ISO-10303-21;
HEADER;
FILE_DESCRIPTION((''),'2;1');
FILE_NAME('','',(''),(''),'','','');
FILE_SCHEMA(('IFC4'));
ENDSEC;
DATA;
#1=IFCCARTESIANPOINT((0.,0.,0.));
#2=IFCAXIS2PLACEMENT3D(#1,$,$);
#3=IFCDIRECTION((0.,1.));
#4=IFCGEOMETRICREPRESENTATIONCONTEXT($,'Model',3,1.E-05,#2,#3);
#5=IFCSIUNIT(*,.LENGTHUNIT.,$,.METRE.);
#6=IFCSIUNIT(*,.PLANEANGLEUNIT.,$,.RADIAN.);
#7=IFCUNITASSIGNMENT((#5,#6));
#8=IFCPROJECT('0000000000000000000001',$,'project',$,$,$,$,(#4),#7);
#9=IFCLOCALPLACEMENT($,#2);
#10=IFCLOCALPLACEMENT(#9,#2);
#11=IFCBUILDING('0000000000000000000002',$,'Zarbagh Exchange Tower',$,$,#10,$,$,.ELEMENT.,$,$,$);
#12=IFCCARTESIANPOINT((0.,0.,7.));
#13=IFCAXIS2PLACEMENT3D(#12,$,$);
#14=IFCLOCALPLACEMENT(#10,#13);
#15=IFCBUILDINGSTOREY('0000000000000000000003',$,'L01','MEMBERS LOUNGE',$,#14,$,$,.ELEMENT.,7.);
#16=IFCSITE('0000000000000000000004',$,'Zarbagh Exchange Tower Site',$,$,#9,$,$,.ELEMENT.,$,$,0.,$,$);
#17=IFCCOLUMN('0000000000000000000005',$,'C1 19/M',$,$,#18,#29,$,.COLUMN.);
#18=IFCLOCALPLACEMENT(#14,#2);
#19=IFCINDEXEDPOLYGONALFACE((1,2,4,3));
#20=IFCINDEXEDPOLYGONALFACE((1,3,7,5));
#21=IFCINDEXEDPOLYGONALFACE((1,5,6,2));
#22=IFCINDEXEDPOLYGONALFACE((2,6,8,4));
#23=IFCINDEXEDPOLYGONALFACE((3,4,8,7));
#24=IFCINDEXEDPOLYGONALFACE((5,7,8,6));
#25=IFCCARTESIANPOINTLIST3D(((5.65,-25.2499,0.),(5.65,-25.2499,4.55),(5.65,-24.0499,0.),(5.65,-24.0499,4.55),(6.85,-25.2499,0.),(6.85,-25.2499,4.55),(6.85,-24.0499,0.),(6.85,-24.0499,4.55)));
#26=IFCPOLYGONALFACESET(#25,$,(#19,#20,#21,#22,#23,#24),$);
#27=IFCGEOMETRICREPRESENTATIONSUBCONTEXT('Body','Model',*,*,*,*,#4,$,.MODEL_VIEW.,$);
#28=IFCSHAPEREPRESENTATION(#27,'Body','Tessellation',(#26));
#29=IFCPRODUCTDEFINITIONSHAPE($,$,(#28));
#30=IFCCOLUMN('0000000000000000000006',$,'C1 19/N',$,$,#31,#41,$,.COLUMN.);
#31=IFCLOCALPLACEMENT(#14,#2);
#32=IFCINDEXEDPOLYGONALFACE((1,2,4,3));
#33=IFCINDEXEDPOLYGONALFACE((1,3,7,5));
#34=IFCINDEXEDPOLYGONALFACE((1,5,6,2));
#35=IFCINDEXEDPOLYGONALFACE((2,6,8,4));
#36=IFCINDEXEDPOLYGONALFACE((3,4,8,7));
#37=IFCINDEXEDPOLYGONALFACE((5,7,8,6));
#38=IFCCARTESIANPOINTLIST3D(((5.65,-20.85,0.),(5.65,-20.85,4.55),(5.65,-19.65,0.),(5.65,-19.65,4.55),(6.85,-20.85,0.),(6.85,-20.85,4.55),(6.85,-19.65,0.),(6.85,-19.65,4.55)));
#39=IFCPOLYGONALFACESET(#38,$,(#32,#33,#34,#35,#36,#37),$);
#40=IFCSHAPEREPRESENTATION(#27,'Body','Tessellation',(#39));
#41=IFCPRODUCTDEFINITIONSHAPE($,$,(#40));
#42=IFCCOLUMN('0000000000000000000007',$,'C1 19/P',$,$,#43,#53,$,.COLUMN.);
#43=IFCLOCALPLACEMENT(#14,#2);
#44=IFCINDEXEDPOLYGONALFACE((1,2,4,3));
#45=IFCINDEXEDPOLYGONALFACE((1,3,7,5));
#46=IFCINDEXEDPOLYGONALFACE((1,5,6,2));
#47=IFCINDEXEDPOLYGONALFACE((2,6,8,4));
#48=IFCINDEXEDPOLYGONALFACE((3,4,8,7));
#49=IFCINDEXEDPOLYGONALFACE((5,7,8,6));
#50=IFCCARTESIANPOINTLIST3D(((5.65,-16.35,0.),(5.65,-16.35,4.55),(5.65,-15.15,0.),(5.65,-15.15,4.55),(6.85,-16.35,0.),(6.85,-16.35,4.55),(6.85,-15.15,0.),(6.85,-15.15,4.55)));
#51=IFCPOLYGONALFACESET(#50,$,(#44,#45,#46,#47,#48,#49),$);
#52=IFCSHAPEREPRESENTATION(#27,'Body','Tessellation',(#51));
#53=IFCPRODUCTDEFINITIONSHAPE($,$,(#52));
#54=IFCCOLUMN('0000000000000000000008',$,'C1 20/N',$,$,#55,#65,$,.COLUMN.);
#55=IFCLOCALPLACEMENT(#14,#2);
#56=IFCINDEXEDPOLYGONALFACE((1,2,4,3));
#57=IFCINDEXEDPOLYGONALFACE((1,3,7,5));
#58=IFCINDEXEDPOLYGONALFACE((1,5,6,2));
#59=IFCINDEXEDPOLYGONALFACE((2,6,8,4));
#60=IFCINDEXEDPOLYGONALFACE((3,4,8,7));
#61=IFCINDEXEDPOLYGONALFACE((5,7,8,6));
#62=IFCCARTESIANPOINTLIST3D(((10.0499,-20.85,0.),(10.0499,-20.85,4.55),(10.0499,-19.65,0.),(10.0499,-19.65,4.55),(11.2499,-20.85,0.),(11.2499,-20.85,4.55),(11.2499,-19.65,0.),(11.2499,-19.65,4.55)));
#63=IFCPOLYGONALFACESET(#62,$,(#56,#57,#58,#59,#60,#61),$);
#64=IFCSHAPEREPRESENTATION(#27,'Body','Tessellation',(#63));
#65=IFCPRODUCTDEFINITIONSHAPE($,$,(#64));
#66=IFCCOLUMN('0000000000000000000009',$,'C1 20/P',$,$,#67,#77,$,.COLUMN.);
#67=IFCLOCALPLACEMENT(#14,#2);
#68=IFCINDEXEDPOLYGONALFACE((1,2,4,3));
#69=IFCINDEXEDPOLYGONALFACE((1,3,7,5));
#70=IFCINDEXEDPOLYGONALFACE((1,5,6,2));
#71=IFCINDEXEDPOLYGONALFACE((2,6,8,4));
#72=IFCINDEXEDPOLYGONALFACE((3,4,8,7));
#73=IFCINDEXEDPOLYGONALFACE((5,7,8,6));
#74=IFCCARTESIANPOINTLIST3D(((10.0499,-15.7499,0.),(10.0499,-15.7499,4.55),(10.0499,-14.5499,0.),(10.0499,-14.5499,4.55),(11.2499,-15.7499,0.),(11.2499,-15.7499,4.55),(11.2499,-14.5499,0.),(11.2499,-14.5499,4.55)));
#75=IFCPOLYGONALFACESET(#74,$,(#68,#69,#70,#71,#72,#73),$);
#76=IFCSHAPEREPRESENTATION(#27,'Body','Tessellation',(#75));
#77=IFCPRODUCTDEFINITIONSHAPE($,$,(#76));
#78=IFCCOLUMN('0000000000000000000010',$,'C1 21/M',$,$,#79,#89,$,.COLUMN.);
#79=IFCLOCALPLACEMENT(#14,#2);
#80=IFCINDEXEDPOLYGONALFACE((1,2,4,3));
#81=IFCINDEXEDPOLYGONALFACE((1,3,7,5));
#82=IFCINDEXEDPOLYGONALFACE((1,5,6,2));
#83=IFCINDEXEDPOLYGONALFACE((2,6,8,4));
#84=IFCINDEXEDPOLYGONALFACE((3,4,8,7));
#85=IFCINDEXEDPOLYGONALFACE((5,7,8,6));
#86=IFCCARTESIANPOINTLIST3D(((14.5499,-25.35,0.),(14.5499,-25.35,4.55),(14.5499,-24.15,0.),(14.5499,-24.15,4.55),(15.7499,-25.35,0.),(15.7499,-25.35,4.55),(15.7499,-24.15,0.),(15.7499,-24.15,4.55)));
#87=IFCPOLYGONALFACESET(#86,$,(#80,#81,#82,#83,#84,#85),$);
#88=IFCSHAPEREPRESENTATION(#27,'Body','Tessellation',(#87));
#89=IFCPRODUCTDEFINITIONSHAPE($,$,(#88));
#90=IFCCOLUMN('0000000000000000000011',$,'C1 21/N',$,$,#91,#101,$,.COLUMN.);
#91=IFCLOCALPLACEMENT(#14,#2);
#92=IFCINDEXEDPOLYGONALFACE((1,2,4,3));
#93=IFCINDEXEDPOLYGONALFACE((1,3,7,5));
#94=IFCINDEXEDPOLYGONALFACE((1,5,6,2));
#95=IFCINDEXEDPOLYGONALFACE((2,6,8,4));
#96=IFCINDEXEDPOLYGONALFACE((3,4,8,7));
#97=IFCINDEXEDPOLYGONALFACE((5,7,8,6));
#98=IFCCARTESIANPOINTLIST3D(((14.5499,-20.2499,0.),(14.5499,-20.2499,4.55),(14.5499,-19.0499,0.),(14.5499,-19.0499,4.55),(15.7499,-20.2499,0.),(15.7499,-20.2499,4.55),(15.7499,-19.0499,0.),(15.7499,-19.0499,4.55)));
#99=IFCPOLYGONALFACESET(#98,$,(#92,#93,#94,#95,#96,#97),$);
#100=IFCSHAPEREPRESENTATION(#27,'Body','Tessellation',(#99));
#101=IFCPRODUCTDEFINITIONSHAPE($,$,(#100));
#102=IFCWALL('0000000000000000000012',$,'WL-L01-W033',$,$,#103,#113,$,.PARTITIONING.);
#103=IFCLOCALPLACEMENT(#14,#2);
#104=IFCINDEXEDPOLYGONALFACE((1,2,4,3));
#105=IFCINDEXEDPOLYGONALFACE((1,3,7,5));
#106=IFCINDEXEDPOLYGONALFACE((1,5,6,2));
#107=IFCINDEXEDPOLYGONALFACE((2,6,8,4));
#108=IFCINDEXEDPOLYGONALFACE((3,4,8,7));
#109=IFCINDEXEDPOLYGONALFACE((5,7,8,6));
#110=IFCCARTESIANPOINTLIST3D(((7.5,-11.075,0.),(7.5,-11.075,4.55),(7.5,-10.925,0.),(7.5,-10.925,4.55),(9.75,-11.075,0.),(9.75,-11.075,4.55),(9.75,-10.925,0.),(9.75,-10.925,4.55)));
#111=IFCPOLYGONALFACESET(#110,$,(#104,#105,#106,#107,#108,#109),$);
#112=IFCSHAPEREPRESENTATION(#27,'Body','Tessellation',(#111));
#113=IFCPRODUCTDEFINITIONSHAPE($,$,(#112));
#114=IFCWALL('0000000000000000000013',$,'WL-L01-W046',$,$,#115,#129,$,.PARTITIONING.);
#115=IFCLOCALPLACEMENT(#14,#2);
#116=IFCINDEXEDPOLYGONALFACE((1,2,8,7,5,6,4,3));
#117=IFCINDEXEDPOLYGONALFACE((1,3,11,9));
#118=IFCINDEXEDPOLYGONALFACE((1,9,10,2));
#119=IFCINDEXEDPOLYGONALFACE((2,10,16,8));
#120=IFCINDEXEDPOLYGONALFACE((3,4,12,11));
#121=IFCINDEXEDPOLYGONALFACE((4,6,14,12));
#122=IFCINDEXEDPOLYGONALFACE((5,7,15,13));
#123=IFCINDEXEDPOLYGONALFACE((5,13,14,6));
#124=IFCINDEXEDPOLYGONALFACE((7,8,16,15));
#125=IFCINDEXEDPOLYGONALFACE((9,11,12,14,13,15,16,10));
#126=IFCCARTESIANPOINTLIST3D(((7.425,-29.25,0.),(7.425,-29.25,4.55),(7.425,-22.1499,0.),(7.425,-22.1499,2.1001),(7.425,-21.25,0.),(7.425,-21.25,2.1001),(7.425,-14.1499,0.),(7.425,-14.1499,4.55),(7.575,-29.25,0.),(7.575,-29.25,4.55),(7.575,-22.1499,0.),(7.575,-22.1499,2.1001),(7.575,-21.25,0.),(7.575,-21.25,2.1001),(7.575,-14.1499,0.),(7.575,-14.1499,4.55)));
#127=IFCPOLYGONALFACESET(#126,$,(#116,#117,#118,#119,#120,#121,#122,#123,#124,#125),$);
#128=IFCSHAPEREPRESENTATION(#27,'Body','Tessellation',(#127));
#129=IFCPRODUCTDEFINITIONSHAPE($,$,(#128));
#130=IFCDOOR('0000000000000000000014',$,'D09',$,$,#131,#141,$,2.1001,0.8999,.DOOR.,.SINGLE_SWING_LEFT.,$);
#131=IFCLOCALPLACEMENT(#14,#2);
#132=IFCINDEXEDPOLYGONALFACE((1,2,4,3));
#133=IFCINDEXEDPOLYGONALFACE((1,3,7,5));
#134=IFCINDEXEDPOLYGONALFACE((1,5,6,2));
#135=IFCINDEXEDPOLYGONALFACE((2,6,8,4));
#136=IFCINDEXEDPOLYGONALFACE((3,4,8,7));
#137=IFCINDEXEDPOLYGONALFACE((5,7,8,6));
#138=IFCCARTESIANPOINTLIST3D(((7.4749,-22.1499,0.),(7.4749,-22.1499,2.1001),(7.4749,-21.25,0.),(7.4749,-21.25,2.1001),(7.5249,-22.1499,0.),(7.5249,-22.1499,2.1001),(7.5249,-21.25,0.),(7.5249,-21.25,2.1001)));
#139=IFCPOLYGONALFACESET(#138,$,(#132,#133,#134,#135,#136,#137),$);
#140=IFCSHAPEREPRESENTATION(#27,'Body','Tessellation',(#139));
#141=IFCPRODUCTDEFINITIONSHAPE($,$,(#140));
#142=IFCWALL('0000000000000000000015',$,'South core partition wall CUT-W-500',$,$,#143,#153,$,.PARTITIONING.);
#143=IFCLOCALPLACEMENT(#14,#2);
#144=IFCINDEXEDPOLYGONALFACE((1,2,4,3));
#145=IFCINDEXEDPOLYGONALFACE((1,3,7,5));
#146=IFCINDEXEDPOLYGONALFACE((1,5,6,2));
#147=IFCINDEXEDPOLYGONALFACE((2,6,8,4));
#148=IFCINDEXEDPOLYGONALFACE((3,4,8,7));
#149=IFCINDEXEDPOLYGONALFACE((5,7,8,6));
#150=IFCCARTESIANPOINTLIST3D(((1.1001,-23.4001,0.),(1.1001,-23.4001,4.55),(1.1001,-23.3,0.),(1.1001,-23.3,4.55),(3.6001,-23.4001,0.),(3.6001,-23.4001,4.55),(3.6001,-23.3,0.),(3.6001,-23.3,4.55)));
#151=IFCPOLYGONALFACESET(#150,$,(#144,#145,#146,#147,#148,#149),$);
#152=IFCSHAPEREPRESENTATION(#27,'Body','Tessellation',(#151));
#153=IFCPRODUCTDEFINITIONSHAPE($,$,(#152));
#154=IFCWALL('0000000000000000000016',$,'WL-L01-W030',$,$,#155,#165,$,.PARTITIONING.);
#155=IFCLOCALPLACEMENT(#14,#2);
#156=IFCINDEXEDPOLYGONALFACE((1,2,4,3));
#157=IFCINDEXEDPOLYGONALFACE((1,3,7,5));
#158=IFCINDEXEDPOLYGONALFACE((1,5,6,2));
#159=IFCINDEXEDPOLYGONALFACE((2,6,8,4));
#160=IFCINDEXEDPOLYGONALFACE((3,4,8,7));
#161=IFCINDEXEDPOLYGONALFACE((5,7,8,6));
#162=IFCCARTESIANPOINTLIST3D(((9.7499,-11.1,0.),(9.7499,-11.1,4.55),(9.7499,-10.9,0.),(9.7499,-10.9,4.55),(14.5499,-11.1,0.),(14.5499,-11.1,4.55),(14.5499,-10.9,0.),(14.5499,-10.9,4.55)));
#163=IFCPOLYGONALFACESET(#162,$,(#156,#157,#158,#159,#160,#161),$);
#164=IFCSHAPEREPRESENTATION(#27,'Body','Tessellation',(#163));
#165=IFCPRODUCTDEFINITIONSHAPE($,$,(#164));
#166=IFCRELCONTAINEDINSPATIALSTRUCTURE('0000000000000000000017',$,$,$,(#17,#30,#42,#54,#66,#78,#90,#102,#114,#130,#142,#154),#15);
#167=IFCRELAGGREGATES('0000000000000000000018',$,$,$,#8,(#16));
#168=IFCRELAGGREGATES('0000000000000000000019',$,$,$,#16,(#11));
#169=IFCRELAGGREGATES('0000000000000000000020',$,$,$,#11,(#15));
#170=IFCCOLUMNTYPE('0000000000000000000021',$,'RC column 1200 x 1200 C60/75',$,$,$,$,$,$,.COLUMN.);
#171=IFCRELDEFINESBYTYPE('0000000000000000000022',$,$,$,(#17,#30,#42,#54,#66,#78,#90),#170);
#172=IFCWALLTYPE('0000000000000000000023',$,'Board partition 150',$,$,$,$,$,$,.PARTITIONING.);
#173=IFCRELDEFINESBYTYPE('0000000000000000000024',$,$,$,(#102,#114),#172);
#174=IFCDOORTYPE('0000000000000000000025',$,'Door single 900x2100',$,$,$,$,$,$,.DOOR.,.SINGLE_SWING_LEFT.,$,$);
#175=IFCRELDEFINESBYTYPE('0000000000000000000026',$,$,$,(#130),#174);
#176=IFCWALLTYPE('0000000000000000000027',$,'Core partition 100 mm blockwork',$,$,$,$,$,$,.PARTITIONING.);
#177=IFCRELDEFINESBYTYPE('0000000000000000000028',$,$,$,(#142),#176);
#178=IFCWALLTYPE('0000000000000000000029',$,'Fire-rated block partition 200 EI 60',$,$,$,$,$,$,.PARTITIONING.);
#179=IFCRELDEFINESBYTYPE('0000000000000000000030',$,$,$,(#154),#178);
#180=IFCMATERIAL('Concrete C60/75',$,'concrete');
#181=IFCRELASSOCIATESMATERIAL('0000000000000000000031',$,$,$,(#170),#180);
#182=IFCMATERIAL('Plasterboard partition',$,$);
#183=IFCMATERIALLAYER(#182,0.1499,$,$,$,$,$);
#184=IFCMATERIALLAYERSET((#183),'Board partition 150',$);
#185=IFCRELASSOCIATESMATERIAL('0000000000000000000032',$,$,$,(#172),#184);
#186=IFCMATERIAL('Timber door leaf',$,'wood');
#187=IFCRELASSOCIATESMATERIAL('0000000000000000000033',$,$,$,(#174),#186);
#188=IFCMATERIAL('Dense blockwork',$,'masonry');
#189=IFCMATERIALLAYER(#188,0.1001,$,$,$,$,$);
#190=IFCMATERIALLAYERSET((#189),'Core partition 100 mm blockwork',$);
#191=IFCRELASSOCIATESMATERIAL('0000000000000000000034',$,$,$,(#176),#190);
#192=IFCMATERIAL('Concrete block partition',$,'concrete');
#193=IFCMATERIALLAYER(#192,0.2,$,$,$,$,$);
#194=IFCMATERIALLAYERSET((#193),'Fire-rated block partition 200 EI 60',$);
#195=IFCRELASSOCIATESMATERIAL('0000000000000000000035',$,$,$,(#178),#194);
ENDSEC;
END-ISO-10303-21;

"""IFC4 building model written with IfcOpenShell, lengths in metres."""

from ifc_helpers import new_model, si_unit, direction, frame, frame_2d, origin, origin_2d, place, context, subcontext, project, spatial, rectangle, extrude, material, layer, layer_set, material_profile, profile_set, type_object, element, fill, save


model = new_model("IFC4")

# Units and contexts
model_context = context("Model", 3, precision=1e-05, world=origin(), true_north=direction((0.0, 1.0)))
body_context = subcontext(model_context, "Body", "Model", "MODEL_VIEW")
ifc_project = project(units=[si_unit("LENGTHUNIT", "METRE"), si_unit("PLANEANGLEUNIT", "RADIAN")], contexts=[model_context])

# Site, building, storey
site_placement = place(None, origin())
site = spatial("IfcSite", under=ifc_project, at=site_placement, Name="Zarbagh Exchange Tower Site", CompositionType="ELEMENT", RefElevation=0.0)
building_placement = place(site_placement, origin())
building = spatial("IfcBuilding", under=site, at=building_placement, Name="Zarbagh Exchange Tower", CompositionType="ELEMENT")
storey_placement = place(building_placement, frame((0.0, 0.0, 7.0)))
storey = spatial("IfcBuildingStorey", under=building, at=storey_placement, Name="L01", Description="MEMBERS LOUNGE", CompositionType="ELEMENT", Elevation=7.0)

# Columns
ifc_material_1 = material(Name="Concrete C60/75", Category="concrete")
ifc_material_profile = material_profile(ifc_material_1, rectangle(XDim=1.2, YDim=1.2, at=origin_2d()), Name="RC column 1200 x 1200 C60/75")
ifc_profile_set = profile_set([ifc_material_profile], Name="Concrete C60/75")
column_type = type_object("IfcColumnType", Name="RC column 1200 x 1200 C60/75", PredefinedType="COLUMN", material=ifc_profile_set)
for number, where, z_axis, x_axis, name in (
    (1, (6.25, -24.6499, 0.0), (0.0, 0.0, 1.0), (1.0, 0.0, 0.0), "C1 19/M"),
    (2, (6.25, -20.25, 0.0), (0.0, 0.0, 1.0), (1.0, 0.0, 0.0), "C1 19/N"),
    (3, (6.25, -15.75, 0.0), (0.0, 0.0, 1.0), (1.0, 0.0, 0.0), "C1 19/P"),
    (4, (10.6499, -20.25, 0.0), (0.0, 0.0, 1.0), (1.0, 0.0, 0.0), "C1 20/N"),
    (5, (10.6499, -15.1499, 0.0), (0.0, 0.0, 1.0), (1.0, 0.0, 0.0), "C1 20/P"),
    (6, (15.1499, -24.75, 0.0), (0.0, 0.0, 1.0), (1.0, 0.0, 0.0), "C1 21/M"),
    (7, (15.1499, -19.6499, 0.0), (0.0, 0.0, 1.0), (1.0, 0.0, 0.0), "C1 21/N"),
):
    element("IfcColumn", number, at=place(storey_placement, frame(where, z_axis=z_axis, x_axis=x_axis)), inside=storey, type_object=column_type, Name=name, PredefinedType="COLUMN", context=body_context, shape_type="SweptSolid", body=[
        extrude(rectangle(XDim=1.2, YDim=1.2, at=origin_2d()), origin(), (0.0, 0.0, 1.0), 4.55),
    ])

# Wall
ifc_material_2 = material(Name="Plasterboard partition")
ifc_layer_1 = layer(ifc_material_2, 0.1499)
ifc_layer_set_1 = layer_set([ifc_layer_1], Name="Board partition 150")
wall_type_1 = type_object("IfcWallType", Name="Board partition 150", PredefinedType="PARTITIONING", material=ifc_layer_set_1)
wall_1_placement = place(storey_placement, frame((7.5, -11.0, 0.0), z_axis=(0.0, 0.0, 1.0), x_axis=(1.0, 0.0, 0.0)))
element("IfcWall", 8, at=wall_1_placement, inside=storey, type_object=wall_type_1, Name="WL-L01-W033", PredefinedType="PARTITIONING", context=body_context, shape_type="SweptSolid", body=[
    extrude(rectangle(XDim=2.25, YDim=0.1499, at=frame_2d((1.125, 0.0))), origin(), (0.0, 0.0, 1.0), 4.55),
])

# Wall, opening, door
wall_2_placement = place(storey_placement, frame((7.5, -14.1499, 0.0), z_axis=(0.0, 0.0, 1.0), x_axis=(0.0, -1.0, 0.0)))
wall_2 = element("IfcWall", 9, at=wall_2_placement, inside=storey, type_object=wall_type_1, Name="WL-L01-W046", PredefinedType="PARTITIONING", context=body_context, shape_type="SweptSolid", body=[
    extrude(rectangle(XDim=15.1001, YDim=0.1499, at=frame_2d((7.55, 0.0))), origin(), (0.0, 0.0, 1.0), 4.55),
])
opening_1_placement = place(wall_2_placement, frame((7.1001, 0.0, 0.0)))
opening_1 = element("IfcOpeningElement", 10, at=opening_1_placement, cuts=wall_2, PredefinedType="OPENING", context=body_context, shape_type="SweptSolid", body=[
    extrude(rectangle(XDim=0.8999, YDim=2.1001, at=frame_2d((0.45, 1.05))), frame((0.0, 0.085, 0.0), z_axis=(0.0, -1.0, 0.0), x_axis=(1.0, 0.0, 0.0)), (0.0, 0.0, 1.0), 0.1699),
])
ifc_material_3 = material(Name="Timber door leaf", Category="wood")
door_type_1 = type_object("IfcDoorType", Name="Door single 900x2100", OperationType="SINGLE_SWING_LEFT", PredefinedType="DOOR", material=ifc_material_3)
door_1_placement = place(opening_1_placement, origin())
door_1 = element("IfcDoor", 11, at=door_1_placement, inside=storey, type_object=door_type_1, Name="D09", OperationType="SINGLE_SWING_LEFT", OverallHeight=2.1001, OverallWidth=0.8999, PredefinedType="DOOR", context=body_context, shape_type="SweptSolid", body=[
    extrude(rectangle(XDim=0.8999, YDim=2.1001, at=frame_2d((0.45, 1.05))), frame((0.0, 0.0249, 0.0), z_axis=(0.0, -1.0, 0.0), x_axis=(1.0, 0.0, 0.0)), (0.0, 0.0, 1.0), 0.05),
])
fill(opening_1, door_1)

# Walls
ifc_material_4 = material(Name="Dense blockwork", Category="masonry")
ifc_layer_2 = layer(ifc_material_4, 0.1001)
ifc_layer_set_2 = layer_set([ifc_layer_2], Name="Core partition 100 mm blockwork")
wall_type_2 = type_object("IfcWallType", Name="Core partition 100 mm blockwork", PredefinedType="PARTITIONING", material=ifc_layer_set_2)
wall_3_placement = place(storey_placement, frame((3.6001, -23.3501, 0.0), z_axis=(0.0, 0.0, 1.0), x_axis=(-1.0, 0.0, 0.0)))
element("IfcWall", 12, at=wall_3_placement, inside=storey, type_object=wall_type_2, Name="South core partition wall CUT-W-500", PredefinedType="PARTITIONING", context=body_context, shape_type="SweptSolid", body=[
    extrude(rectangle(XDim=2.5, YDim=0.1001, at=frame_2d((1.25, 0.0))), origin(), (0.0, 0.0, 1.0), 4.55),
])
ifc_material_5 = material(Name="Concrete block partition", Category="concrete")
ifc_layer_3 = layer(ifc_material_5, 0.2)
ifc_layer_set_3 = layer_set([ifc_layer_3], Name="Fire-rated block partition 200 EI 60")
wall_type_3 = type_object("IfcWallType", Name="Fire-rated block partition 200 EI 60", PredefinedType="PARTITIONING", material=ifc_layer_set_3)
wall_4_placement = place(storey_placement, frame((9.75, -11.0, 0.0), z_axis=(0.0, 0.0, 1.0), x_axis=(1.0, 0.0, 0.0)))
element("IfcWall", 13, at=wall_4_placement, inside=storey, type_object=wall_type_3, Name="WL-L01-W030", PredefinedType="PARTITIONING", context=body_context, shape_type="SweptSolid", body=[
    extrude(rectangle(XDim=4.8, YDim=0.2, at=frame_2d((2.3999, 0.0))), origin(), (0.0, 0.0, 1.0), 4.55),
])

save(model, "model.ifc")
